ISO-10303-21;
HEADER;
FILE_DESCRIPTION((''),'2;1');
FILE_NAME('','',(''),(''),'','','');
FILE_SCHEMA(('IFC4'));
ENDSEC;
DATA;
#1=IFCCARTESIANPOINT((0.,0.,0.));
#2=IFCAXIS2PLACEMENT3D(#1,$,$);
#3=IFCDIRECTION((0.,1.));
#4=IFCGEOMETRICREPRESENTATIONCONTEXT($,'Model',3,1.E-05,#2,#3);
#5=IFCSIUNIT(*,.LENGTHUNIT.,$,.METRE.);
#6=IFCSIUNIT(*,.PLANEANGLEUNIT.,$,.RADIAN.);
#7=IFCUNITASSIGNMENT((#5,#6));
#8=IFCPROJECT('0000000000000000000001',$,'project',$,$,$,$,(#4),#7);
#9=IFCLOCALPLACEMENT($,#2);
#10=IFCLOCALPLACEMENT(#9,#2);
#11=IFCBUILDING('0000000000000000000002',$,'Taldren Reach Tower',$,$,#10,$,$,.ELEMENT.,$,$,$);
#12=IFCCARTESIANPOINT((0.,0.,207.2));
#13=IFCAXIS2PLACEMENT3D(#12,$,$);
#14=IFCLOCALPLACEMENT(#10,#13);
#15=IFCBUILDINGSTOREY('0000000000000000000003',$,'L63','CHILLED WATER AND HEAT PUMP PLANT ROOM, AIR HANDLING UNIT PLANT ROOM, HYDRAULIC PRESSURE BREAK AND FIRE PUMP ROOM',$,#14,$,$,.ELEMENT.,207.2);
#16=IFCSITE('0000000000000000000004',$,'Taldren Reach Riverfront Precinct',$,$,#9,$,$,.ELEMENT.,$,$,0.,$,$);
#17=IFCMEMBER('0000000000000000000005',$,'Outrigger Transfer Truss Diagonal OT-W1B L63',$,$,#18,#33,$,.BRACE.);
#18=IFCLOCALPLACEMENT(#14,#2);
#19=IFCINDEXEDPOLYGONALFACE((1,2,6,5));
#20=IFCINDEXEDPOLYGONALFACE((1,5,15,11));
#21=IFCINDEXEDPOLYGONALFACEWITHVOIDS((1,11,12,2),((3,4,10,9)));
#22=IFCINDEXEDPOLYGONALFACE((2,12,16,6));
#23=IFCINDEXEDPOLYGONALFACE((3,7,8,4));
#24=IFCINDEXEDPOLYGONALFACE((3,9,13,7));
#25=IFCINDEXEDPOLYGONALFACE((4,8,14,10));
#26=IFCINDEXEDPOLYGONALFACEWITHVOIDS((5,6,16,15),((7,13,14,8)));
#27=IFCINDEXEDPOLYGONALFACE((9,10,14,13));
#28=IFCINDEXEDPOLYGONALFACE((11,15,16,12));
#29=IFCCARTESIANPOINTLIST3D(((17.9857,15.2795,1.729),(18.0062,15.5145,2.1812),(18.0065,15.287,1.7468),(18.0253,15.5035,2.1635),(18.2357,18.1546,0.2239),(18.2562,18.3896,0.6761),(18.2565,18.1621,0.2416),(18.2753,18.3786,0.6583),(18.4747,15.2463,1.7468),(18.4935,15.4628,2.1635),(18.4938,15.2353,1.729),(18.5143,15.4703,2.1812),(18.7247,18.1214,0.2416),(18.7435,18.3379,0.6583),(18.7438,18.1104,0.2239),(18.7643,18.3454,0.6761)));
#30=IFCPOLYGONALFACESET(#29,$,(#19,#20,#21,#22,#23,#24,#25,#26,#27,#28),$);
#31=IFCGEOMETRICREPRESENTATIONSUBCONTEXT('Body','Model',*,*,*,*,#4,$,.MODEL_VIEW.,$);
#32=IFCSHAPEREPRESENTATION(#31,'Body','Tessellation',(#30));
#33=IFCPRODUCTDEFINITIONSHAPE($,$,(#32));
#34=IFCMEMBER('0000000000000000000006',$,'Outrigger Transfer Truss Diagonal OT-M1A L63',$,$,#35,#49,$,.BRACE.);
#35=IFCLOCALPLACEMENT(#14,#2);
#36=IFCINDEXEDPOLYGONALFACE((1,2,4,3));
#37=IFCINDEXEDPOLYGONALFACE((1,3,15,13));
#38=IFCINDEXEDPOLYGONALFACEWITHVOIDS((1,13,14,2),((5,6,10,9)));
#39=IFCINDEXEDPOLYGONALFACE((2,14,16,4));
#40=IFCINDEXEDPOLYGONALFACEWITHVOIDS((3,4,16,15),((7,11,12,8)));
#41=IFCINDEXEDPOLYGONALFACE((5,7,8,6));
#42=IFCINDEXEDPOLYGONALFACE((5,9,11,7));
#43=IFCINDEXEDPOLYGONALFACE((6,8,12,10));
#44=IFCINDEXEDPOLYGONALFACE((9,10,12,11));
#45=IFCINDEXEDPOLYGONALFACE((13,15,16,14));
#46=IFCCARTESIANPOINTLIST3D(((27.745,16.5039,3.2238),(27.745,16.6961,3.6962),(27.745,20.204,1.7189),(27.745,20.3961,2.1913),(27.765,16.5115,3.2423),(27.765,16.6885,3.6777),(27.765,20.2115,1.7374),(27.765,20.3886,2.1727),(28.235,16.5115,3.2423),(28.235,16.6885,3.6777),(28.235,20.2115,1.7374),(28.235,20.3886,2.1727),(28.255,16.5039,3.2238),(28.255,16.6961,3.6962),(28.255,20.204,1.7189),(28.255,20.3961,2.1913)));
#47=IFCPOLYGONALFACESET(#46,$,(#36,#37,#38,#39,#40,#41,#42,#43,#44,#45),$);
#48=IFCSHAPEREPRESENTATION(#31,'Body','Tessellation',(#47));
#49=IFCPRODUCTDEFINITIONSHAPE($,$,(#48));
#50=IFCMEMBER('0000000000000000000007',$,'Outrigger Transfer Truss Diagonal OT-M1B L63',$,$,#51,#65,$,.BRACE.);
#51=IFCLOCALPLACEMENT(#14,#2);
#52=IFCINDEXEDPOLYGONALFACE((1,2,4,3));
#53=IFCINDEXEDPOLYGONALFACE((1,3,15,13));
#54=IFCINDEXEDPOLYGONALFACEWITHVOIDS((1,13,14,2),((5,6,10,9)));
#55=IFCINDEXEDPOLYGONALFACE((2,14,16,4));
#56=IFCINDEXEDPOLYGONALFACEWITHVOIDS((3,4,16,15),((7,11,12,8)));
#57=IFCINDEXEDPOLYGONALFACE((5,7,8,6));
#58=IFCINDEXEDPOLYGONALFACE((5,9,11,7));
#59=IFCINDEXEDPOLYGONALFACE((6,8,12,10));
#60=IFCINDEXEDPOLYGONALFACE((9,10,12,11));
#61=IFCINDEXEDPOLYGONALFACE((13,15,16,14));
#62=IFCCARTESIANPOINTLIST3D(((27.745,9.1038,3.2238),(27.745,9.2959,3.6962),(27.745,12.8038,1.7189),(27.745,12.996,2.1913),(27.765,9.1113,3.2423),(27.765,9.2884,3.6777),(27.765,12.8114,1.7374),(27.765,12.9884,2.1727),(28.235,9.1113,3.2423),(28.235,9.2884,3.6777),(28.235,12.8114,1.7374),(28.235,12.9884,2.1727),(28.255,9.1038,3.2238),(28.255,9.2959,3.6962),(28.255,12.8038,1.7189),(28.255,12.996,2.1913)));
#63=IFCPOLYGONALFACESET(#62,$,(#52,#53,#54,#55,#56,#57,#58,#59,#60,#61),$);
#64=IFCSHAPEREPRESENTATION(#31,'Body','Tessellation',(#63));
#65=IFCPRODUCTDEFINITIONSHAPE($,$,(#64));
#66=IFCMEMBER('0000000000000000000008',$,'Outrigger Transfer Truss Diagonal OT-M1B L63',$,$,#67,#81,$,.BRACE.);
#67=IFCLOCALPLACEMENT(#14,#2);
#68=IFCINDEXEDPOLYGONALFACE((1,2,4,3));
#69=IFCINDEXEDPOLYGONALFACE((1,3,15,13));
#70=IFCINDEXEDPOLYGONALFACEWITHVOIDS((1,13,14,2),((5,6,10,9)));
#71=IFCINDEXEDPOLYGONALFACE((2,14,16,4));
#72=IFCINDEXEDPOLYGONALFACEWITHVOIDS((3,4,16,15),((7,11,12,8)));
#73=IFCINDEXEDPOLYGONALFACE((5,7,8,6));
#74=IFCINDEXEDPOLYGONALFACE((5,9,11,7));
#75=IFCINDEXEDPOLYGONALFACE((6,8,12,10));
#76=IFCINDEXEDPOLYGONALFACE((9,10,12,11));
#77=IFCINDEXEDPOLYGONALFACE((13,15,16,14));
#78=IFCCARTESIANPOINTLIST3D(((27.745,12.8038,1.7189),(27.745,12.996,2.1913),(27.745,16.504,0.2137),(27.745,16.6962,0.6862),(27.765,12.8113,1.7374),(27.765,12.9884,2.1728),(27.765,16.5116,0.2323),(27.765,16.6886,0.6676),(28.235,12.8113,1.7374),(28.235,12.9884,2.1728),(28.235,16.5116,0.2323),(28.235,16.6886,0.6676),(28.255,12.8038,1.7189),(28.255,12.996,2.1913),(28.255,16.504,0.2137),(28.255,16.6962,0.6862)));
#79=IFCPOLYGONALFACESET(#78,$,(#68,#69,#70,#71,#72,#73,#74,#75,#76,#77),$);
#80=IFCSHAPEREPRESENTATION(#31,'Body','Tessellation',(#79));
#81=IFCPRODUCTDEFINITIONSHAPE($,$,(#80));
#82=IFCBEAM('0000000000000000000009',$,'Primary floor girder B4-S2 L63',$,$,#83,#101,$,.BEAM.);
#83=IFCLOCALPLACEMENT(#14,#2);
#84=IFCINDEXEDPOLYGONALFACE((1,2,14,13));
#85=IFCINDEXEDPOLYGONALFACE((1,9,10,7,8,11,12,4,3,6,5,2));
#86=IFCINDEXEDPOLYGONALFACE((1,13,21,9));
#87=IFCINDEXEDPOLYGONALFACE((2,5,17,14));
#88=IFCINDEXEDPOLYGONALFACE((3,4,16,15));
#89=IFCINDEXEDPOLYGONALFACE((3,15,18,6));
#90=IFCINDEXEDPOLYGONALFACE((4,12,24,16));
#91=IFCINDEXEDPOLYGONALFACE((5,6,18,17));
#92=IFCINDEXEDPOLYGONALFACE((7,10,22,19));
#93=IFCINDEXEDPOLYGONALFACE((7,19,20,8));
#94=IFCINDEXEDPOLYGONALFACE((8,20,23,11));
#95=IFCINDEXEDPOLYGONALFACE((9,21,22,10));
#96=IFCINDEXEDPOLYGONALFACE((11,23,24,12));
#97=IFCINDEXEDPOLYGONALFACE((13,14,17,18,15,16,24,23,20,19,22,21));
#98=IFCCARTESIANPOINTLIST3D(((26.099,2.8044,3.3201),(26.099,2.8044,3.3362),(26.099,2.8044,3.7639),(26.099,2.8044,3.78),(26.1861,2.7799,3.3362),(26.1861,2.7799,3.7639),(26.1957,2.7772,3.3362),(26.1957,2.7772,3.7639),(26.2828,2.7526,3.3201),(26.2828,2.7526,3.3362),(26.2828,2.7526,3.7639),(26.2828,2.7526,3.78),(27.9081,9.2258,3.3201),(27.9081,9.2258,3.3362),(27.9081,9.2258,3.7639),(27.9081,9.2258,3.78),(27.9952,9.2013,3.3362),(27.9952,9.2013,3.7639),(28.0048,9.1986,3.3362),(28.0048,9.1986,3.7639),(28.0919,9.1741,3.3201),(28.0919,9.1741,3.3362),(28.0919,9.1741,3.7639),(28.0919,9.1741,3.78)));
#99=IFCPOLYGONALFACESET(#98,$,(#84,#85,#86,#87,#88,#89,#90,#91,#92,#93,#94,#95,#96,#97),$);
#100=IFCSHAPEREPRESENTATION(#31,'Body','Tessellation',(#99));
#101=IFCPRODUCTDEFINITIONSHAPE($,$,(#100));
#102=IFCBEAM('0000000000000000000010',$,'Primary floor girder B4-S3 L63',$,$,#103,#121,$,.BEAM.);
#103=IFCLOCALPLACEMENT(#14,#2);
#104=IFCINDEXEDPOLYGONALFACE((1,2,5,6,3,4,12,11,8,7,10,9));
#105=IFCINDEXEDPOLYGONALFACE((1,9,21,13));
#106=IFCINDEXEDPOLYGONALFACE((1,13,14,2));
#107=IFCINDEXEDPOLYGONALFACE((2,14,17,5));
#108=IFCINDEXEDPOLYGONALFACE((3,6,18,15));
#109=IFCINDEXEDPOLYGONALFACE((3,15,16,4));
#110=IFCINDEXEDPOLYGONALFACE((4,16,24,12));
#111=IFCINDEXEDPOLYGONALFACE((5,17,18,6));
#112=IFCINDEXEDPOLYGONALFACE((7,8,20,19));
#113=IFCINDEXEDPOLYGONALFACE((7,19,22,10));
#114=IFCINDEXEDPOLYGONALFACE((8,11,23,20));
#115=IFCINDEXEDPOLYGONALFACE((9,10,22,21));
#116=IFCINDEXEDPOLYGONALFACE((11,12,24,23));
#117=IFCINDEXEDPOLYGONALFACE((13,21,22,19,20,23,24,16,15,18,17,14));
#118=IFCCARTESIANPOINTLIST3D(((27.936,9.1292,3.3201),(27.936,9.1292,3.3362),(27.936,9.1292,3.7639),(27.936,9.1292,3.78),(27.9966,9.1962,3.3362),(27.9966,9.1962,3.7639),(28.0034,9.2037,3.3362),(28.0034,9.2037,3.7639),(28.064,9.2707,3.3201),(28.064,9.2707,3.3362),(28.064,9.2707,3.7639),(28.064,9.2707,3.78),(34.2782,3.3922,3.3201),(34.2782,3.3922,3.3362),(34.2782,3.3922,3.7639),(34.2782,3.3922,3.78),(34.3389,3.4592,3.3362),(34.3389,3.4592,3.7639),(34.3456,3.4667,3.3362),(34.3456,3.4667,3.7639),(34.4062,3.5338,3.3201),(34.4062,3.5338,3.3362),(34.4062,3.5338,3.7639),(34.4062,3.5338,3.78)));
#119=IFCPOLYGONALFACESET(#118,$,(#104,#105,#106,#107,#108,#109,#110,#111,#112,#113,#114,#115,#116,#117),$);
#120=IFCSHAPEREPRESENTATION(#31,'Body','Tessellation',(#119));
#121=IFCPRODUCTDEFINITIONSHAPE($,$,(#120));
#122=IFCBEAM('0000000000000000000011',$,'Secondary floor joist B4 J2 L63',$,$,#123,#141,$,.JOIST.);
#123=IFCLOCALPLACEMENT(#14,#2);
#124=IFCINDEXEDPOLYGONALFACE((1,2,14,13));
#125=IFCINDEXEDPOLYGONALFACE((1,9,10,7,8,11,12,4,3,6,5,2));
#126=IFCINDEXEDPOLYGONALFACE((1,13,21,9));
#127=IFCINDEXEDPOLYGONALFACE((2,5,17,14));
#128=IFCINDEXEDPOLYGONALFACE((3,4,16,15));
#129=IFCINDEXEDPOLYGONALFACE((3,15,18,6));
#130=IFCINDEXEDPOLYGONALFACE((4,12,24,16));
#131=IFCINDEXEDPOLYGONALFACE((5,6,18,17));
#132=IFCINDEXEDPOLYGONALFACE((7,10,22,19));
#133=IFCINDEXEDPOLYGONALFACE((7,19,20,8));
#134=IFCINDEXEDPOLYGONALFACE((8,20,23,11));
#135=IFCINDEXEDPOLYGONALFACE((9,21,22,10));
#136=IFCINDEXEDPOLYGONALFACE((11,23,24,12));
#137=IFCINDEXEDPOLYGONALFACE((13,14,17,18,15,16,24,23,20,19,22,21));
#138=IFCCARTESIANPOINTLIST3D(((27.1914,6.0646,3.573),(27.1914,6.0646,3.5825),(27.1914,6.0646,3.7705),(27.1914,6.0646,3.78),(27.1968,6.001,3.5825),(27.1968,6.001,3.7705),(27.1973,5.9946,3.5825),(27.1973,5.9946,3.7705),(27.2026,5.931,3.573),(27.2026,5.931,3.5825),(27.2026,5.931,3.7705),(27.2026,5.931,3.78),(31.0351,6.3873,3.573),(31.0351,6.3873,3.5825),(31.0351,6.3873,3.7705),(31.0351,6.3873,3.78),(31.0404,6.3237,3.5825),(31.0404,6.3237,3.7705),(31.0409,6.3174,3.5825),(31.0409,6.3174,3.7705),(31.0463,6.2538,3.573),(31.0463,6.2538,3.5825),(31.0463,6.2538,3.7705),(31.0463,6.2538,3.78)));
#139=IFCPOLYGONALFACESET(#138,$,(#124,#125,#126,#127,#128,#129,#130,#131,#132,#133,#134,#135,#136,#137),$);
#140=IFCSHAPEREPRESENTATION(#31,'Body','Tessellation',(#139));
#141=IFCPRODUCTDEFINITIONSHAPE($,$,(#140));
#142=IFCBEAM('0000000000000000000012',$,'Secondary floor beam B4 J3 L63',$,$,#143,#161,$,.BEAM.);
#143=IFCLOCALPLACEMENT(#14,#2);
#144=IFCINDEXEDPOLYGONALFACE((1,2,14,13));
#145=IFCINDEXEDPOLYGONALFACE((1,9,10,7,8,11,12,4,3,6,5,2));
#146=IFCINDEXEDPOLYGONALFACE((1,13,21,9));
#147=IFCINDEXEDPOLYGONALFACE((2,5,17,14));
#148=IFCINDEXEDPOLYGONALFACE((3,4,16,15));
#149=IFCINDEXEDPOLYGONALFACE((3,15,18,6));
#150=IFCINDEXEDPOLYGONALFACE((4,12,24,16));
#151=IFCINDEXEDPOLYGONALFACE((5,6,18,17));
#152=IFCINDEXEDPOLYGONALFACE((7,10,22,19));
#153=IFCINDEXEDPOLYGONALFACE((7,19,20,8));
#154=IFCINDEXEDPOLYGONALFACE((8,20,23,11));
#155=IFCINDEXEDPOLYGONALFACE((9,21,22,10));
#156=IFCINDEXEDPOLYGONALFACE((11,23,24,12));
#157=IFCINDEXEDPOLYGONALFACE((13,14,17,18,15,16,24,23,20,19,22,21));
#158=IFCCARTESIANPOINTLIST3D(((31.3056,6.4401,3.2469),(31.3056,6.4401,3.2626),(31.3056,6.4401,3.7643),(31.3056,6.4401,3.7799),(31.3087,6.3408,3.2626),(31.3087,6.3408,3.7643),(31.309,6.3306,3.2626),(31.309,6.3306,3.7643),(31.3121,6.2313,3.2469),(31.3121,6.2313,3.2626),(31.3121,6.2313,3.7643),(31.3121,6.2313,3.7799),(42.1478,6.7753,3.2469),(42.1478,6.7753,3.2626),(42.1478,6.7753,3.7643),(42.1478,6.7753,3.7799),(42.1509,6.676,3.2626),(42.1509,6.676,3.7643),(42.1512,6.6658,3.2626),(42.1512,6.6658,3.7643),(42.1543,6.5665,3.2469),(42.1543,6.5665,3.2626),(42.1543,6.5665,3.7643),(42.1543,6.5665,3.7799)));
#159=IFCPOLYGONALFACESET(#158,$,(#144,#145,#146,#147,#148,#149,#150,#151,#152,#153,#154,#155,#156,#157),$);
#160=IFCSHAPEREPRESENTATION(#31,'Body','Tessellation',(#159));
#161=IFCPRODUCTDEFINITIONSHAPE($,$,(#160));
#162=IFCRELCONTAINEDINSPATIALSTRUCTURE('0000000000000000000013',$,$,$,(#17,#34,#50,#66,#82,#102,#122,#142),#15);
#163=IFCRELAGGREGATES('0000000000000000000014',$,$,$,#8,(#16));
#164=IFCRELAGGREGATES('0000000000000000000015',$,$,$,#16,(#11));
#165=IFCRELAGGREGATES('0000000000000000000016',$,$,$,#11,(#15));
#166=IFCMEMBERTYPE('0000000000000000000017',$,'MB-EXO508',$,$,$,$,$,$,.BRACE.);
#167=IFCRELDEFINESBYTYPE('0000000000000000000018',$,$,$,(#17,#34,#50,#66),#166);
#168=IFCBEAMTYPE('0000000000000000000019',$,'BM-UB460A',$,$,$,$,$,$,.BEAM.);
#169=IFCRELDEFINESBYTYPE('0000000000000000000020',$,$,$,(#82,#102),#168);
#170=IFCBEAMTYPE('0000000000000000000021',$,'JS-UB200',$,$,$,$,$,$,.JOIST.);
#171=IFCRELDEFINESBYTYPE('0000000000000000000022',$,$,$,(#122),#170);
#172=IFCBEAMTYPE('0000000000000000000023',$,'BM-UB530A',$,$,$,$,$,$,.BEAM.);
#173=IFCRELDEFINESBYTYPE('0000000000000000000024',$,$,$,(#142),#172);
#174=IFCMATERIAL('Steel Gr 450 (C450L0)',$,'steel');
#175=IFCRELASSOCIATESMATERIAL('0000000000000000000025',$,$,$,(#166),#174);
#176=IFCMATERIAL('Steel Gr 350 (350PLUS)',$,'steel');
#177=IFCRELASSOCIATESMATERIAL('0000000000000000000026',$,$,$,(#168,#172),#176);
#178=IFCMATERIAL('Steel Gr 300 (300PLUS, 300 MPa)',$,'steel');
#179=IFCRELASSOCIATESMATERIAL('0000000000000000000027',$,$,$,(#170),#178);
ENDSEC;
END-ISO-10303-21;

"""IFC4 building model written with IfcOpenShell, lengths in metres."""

from ifc_helpers import new_model, si_unit, direction, frame, origin, origin_2d, place, context, subcontext, project, spatial, hollow_rectangle, i_section, extrude, source, transform, mapped, material, material_profile, profile_set, type_object, element, save


model = new_model("IFC4")

# Units and contexts
model_context = context("Model", 3, precision=1e-05, world=origin(), true_north=direction((0.0, 1.0)))
body_context = subcontext(model_context, "Body", "Model", "MODEL_VIEW")
ifc_project = project(units=[si_unit("LENGTHUNIT", "METRE"), si_unit("PLANEANGLEUNIT", "RADIAN")], contexts=[model_context])

# Site, building, storey
site_placement = place(None, origin())
site = spatial("IfcSite", under=ifc_project, at=site_placement, Name="Taldren Reach Riverfront Precinct", CompositionType="ELEMENT", RefElevation=0.0)
building_placement = place(site_placement, origin())
building = spatial("IfcBuilding", under=site, at=building_placement, Name="Taldren Reach Tower", CompositionType="ELEMENT")
storey_placement = place(building_placement, frame((0.0, 0.0, 207.2)))
storey = spatial("IfcBuildingStorey", under=building, at=storey_placement, Name="L63", Description="CHILLED WATER AND HEAT PUMP PLANT ROOM, AIR HANDLING UNIT PLANT ROOM, HYDRAULIC PRESSURE BREAK AND FIRE PUMP ROOM", CompositionType="ELEMENT", Elevation=207.2)

# Shared definitions
ifc_material_1 = material(Name="Steel Gr 350 (350PLUS)", Category="steel")

# Members
ifc_material_2 = material(Name="Steel Gr 450 (C450L0)", Category="steel")
ifc_material_profile_1 = material_profile(ifc_material_2, hollow_rectangle(XDim=0.51, YDim=0.51, WallThickness=0.02, at=origin_2d()), Name="510x510x20.0SHS")
ifc_profile_set_1 = profile_set([ifc_material_profile_1], Name="Steel Gr 450 (C450L0)")
member_type_1 = type_object("IfcMemberType", Name="MB-EXO508", PredefinedType="BRACE", material=ifc_profile_set_1)
shared_shape_1 = source(origin(), body_context, "Body", "SweptSolid", [
    extrude(hollow_rectangle(XDim=0.51, YDim=0.51, WallThickness=0.02, at=origin_2d()), origin(), (0.0, 0.0, 1.0), 3.2549),
])
member_1_placement = place(storey_placement, frame((18.5, 18.25, 0.45), z_axis=(-0.07681, -0.883319, 0.462437), x_axis=(0.996241, -0.08663, 0.0)))
element("IfcMember", 1, at=member_1_placement, inside=storey, type_object=member_type_1, Name="Outrigger Transfer Truss Diagonal OT-W1B L63", PredefinedType="BRACE", context=body_context, shape_type="MappedRepresentation", body=[
    mapped(shared_shape_1, transform((0.0, 0.0, 0.0), scale=1.0)),
])
shared_shape_2 = source(origin(), body_context, "Body", "SweptSolid", [
    extrude(hollow_rectangle(XDim=0.51, YDim=0.51, WallThickness=0.02, at=origin_2d()), origin(), (0.0, 0.0, 1.0), 3.9944),
])
for number, where, z_axis, x_axis, name in (
    (2, (28.0, 20.3, 1.9551), (0.0, -0.926311, 0.376759), (1.0, 0.0, 0.0), "Outrigger Transfer Truss Diagonal OT-M1A L63"),
    (3, (28.0, 12.8999, 1.9551), (0.0, -0.926311, 0.376759), (1.0, 0.0, 0.0), "Outrigger Transfer Truss Diagonal OT-M1B L63"),
):
    element("IfcMember", number, at=place(storey_placement, frame(where, z_axis=z_axis, x_axis=x_axis)), inside=storey, type_object=member_type_1, Name=name, PredefinedType="BRACE", context=body_context, shape_type="MappedRepresentation", body=[
        mapped(shared_shape_2, transform((0.0, 0.0, 0.0), scale=1.0)),
    ])
shared_shape_3 = source(origin(), body_context, "Body", "SweptSolid", [
    extrude(hollow_rectangle(XDim=0.51, YDim=0.51, WallThickness=0.02, at=origin_2d()), origin(), (0.0, 0.0, 1.0), 3.9946),
])
member_2_placement = place(storey_placement, frame((28.0, 16.6001, 0.45), z_axis=(0.0, -0.926299, 0.37679), x_axis=(1.0, 0.0, 0.0)))
element("IfcMember", 4, at=member_2_placement, inside=storey, type_object=member_type_1, Name="Outrigger Transfer Truss Diagonal OT-M1B L63", PredefinedType="BRACE", context=body_context, shape_type="MappedRepresentation", body=[
    mapped(shared_shape_3, transform((0.0, 0.0, 0.0), scale=1.0)),
])

# Beams
ifc_material_profile_2 = material_profile(ifc_material_1, i_section(OverallWidth=0.1909, OverallDepth=0.46, WebThickness=0.01, FlangeThickness=0.0161, at=origin_2d()), Name="460UB82.1")
ifc_profile_set_2 = profile_set([ifc_material_profile_2], Name="Steel Gr 350 (350PLUS)")
beam_type_1 = type_object("IfcBeamType", Name="BM-UB460A", PredefinedType="BEAM", material=ifc_profile_set_2)
shared_shape_4 = source(origin(), body_context, "Body", "SweptSolid", [
    extrude(i_section(OverallWidth=0.1909, OverallDepth=0.46, WebThickness=0.01, FlangeThickness=0.0161, at=origin_2d()), origin(), (0.0, 0.0, 1.0), 6.6714),
])
beam_1_placement = place(storey_placement, frame((28.0, 9.2, 3.55), z_axis=(-0.271172, -0.962531, 0.0), x_axis=(0.962531, -0.271172, 0.0)))
element("IfcBeam", 5, at=beam_1_placement, inside=storey, type_object=beam_type_1, Name="Primary floor girder B4-S2 L63", PredefinedType="BEAM", context=body_context, shape_type="MappedRepresentation", body=[
    mapped(shared_shape_4, transform((0.0, 0.0, 0.0), scale=1.0)),
])
shared_shape_5 = source(origin(), body_context, "Body", "SweptSolid", [
    extrude(i_section(OverallWidth=0.1909, OverallDepth=0.46, WebThickness=0.01, FlangeThickness=0.0161, at=origin_2d()), origin(), (0.0, 0.0, 1.0), 8.552),
])
beam_2_placement = place(storey_placement, frame((28.0, 9.2, 3.55), z_axis=(0.741605, -0.670836, 0.0), x_axis=(0.670836, 0.741605, 0.0)))
element("IfcBeam", 6, at=beam_2_placement, inside=storey, type_object=beam_type_1, Name="Primary floor girder B4-S3 L63", PredefinedType="BEAM", context=body_context, shape_type="MappedRepresentation", body=[
    mapped(shared_shape_5, transform((0.0, 0.0, 0.0), scale=1.0)),
])
ifc_material_3 = material(Name="Steel Gr 300 (300PLUS, 300 MPa)", Category="steel")
ifc_material_profile_3 = material_profile(ifc_material_3, i_section(OverallWidth=0.134, OverallDepth=0.207, WebThickness=0.0063, FlangeThickness=0.0095, at=origin_2d()), Name="200UB29.8")
ifc_profile_set_3 = profile_set([ifc_material_profile_3], Name="Steel Gr 300 (300PLUS, 300 MPa)")
beam_type_2 = type_object("IfcBeamType", Name="JS-UB200", PredefinedType="JOIST", material=ifc_profile_set_3)
shared_shape_6 = source(origin(), body_context, "Body", "SweptSolid", [
    extrude(i_section(OverallWidth=0.134, OverallDepth=0.207, WebThickness=0.0063, FlangeThickness=0.0095, at=origin_2d()), origin(), (0.0, 0.0, 1.0), 3.8572),
])
beam_3_placement = place(storey_placement, frame((27.197, 5.9978, 3.6765), z_axis=(0.996493, 0.083674, 0.0), x_axis=(-0.083674, 0.996493, 0.0)))
element("IfcBeam", 7, at=beam_3_placement, inside=storey, type_object=beam_type_2, Name="Secondary floor joist B4 J2 L63", PredefinedType="JOIST", context=body_context, shape_type="MappedRepresentation", body=[
    mapped(shared_shape_6, transform((0.0, 0.0, 0.0), scale=1.0)),
])
ifc_material_profile_4 = material_profile(ifc_material_1, i_section(OverallWidth=0.209, OverallDepth=0.533, WebThickness=0.0103, FlangeThickness=0.0156, at=origin_2d()), Name="530UB92.4")
ifc_profile_set_4 = profile_set([ifc_material_profile_4], Name="Steel Gr 350 (350PLUS)")
beam_type_3 = type_object("IfcBeamType", Name="BM-UB530A", PredefinedType="BEAM", material=ifc_profile_set_4)
shared_shape_7 = source(origin(), body_context, "Body", "SweptSolid", [
    extrude(i_section(OverallWidth=0.209, OverallDepth=0.533, WebThickness=0.0103, FlangeThickness=0.0156, at=origin_2d()), origin(), (0.0, 0.0, 1.0), 10.8474),
])
beam_4_placement = place(storey_placement, frame((31.3088, 6.3357, 3.5134), z_axis=(0.999522, 0.030902, 0.0), x_axis=(-0.030902, 0.999522, 0.0)))
element("IfcBeam", 8, at=beam_4_placement, inside=storey, type_object=beam_type_3, Name="Secondary floor beam B4 J3 L63", PredefinedType="BEAM", context=body_context, shape_type="MappedRepresentation", body=[
    mapped(shared_shape_7, transform((0.0, 0.0, 0.0), scale=1.0)),
])

save(model, "model.ifc")
